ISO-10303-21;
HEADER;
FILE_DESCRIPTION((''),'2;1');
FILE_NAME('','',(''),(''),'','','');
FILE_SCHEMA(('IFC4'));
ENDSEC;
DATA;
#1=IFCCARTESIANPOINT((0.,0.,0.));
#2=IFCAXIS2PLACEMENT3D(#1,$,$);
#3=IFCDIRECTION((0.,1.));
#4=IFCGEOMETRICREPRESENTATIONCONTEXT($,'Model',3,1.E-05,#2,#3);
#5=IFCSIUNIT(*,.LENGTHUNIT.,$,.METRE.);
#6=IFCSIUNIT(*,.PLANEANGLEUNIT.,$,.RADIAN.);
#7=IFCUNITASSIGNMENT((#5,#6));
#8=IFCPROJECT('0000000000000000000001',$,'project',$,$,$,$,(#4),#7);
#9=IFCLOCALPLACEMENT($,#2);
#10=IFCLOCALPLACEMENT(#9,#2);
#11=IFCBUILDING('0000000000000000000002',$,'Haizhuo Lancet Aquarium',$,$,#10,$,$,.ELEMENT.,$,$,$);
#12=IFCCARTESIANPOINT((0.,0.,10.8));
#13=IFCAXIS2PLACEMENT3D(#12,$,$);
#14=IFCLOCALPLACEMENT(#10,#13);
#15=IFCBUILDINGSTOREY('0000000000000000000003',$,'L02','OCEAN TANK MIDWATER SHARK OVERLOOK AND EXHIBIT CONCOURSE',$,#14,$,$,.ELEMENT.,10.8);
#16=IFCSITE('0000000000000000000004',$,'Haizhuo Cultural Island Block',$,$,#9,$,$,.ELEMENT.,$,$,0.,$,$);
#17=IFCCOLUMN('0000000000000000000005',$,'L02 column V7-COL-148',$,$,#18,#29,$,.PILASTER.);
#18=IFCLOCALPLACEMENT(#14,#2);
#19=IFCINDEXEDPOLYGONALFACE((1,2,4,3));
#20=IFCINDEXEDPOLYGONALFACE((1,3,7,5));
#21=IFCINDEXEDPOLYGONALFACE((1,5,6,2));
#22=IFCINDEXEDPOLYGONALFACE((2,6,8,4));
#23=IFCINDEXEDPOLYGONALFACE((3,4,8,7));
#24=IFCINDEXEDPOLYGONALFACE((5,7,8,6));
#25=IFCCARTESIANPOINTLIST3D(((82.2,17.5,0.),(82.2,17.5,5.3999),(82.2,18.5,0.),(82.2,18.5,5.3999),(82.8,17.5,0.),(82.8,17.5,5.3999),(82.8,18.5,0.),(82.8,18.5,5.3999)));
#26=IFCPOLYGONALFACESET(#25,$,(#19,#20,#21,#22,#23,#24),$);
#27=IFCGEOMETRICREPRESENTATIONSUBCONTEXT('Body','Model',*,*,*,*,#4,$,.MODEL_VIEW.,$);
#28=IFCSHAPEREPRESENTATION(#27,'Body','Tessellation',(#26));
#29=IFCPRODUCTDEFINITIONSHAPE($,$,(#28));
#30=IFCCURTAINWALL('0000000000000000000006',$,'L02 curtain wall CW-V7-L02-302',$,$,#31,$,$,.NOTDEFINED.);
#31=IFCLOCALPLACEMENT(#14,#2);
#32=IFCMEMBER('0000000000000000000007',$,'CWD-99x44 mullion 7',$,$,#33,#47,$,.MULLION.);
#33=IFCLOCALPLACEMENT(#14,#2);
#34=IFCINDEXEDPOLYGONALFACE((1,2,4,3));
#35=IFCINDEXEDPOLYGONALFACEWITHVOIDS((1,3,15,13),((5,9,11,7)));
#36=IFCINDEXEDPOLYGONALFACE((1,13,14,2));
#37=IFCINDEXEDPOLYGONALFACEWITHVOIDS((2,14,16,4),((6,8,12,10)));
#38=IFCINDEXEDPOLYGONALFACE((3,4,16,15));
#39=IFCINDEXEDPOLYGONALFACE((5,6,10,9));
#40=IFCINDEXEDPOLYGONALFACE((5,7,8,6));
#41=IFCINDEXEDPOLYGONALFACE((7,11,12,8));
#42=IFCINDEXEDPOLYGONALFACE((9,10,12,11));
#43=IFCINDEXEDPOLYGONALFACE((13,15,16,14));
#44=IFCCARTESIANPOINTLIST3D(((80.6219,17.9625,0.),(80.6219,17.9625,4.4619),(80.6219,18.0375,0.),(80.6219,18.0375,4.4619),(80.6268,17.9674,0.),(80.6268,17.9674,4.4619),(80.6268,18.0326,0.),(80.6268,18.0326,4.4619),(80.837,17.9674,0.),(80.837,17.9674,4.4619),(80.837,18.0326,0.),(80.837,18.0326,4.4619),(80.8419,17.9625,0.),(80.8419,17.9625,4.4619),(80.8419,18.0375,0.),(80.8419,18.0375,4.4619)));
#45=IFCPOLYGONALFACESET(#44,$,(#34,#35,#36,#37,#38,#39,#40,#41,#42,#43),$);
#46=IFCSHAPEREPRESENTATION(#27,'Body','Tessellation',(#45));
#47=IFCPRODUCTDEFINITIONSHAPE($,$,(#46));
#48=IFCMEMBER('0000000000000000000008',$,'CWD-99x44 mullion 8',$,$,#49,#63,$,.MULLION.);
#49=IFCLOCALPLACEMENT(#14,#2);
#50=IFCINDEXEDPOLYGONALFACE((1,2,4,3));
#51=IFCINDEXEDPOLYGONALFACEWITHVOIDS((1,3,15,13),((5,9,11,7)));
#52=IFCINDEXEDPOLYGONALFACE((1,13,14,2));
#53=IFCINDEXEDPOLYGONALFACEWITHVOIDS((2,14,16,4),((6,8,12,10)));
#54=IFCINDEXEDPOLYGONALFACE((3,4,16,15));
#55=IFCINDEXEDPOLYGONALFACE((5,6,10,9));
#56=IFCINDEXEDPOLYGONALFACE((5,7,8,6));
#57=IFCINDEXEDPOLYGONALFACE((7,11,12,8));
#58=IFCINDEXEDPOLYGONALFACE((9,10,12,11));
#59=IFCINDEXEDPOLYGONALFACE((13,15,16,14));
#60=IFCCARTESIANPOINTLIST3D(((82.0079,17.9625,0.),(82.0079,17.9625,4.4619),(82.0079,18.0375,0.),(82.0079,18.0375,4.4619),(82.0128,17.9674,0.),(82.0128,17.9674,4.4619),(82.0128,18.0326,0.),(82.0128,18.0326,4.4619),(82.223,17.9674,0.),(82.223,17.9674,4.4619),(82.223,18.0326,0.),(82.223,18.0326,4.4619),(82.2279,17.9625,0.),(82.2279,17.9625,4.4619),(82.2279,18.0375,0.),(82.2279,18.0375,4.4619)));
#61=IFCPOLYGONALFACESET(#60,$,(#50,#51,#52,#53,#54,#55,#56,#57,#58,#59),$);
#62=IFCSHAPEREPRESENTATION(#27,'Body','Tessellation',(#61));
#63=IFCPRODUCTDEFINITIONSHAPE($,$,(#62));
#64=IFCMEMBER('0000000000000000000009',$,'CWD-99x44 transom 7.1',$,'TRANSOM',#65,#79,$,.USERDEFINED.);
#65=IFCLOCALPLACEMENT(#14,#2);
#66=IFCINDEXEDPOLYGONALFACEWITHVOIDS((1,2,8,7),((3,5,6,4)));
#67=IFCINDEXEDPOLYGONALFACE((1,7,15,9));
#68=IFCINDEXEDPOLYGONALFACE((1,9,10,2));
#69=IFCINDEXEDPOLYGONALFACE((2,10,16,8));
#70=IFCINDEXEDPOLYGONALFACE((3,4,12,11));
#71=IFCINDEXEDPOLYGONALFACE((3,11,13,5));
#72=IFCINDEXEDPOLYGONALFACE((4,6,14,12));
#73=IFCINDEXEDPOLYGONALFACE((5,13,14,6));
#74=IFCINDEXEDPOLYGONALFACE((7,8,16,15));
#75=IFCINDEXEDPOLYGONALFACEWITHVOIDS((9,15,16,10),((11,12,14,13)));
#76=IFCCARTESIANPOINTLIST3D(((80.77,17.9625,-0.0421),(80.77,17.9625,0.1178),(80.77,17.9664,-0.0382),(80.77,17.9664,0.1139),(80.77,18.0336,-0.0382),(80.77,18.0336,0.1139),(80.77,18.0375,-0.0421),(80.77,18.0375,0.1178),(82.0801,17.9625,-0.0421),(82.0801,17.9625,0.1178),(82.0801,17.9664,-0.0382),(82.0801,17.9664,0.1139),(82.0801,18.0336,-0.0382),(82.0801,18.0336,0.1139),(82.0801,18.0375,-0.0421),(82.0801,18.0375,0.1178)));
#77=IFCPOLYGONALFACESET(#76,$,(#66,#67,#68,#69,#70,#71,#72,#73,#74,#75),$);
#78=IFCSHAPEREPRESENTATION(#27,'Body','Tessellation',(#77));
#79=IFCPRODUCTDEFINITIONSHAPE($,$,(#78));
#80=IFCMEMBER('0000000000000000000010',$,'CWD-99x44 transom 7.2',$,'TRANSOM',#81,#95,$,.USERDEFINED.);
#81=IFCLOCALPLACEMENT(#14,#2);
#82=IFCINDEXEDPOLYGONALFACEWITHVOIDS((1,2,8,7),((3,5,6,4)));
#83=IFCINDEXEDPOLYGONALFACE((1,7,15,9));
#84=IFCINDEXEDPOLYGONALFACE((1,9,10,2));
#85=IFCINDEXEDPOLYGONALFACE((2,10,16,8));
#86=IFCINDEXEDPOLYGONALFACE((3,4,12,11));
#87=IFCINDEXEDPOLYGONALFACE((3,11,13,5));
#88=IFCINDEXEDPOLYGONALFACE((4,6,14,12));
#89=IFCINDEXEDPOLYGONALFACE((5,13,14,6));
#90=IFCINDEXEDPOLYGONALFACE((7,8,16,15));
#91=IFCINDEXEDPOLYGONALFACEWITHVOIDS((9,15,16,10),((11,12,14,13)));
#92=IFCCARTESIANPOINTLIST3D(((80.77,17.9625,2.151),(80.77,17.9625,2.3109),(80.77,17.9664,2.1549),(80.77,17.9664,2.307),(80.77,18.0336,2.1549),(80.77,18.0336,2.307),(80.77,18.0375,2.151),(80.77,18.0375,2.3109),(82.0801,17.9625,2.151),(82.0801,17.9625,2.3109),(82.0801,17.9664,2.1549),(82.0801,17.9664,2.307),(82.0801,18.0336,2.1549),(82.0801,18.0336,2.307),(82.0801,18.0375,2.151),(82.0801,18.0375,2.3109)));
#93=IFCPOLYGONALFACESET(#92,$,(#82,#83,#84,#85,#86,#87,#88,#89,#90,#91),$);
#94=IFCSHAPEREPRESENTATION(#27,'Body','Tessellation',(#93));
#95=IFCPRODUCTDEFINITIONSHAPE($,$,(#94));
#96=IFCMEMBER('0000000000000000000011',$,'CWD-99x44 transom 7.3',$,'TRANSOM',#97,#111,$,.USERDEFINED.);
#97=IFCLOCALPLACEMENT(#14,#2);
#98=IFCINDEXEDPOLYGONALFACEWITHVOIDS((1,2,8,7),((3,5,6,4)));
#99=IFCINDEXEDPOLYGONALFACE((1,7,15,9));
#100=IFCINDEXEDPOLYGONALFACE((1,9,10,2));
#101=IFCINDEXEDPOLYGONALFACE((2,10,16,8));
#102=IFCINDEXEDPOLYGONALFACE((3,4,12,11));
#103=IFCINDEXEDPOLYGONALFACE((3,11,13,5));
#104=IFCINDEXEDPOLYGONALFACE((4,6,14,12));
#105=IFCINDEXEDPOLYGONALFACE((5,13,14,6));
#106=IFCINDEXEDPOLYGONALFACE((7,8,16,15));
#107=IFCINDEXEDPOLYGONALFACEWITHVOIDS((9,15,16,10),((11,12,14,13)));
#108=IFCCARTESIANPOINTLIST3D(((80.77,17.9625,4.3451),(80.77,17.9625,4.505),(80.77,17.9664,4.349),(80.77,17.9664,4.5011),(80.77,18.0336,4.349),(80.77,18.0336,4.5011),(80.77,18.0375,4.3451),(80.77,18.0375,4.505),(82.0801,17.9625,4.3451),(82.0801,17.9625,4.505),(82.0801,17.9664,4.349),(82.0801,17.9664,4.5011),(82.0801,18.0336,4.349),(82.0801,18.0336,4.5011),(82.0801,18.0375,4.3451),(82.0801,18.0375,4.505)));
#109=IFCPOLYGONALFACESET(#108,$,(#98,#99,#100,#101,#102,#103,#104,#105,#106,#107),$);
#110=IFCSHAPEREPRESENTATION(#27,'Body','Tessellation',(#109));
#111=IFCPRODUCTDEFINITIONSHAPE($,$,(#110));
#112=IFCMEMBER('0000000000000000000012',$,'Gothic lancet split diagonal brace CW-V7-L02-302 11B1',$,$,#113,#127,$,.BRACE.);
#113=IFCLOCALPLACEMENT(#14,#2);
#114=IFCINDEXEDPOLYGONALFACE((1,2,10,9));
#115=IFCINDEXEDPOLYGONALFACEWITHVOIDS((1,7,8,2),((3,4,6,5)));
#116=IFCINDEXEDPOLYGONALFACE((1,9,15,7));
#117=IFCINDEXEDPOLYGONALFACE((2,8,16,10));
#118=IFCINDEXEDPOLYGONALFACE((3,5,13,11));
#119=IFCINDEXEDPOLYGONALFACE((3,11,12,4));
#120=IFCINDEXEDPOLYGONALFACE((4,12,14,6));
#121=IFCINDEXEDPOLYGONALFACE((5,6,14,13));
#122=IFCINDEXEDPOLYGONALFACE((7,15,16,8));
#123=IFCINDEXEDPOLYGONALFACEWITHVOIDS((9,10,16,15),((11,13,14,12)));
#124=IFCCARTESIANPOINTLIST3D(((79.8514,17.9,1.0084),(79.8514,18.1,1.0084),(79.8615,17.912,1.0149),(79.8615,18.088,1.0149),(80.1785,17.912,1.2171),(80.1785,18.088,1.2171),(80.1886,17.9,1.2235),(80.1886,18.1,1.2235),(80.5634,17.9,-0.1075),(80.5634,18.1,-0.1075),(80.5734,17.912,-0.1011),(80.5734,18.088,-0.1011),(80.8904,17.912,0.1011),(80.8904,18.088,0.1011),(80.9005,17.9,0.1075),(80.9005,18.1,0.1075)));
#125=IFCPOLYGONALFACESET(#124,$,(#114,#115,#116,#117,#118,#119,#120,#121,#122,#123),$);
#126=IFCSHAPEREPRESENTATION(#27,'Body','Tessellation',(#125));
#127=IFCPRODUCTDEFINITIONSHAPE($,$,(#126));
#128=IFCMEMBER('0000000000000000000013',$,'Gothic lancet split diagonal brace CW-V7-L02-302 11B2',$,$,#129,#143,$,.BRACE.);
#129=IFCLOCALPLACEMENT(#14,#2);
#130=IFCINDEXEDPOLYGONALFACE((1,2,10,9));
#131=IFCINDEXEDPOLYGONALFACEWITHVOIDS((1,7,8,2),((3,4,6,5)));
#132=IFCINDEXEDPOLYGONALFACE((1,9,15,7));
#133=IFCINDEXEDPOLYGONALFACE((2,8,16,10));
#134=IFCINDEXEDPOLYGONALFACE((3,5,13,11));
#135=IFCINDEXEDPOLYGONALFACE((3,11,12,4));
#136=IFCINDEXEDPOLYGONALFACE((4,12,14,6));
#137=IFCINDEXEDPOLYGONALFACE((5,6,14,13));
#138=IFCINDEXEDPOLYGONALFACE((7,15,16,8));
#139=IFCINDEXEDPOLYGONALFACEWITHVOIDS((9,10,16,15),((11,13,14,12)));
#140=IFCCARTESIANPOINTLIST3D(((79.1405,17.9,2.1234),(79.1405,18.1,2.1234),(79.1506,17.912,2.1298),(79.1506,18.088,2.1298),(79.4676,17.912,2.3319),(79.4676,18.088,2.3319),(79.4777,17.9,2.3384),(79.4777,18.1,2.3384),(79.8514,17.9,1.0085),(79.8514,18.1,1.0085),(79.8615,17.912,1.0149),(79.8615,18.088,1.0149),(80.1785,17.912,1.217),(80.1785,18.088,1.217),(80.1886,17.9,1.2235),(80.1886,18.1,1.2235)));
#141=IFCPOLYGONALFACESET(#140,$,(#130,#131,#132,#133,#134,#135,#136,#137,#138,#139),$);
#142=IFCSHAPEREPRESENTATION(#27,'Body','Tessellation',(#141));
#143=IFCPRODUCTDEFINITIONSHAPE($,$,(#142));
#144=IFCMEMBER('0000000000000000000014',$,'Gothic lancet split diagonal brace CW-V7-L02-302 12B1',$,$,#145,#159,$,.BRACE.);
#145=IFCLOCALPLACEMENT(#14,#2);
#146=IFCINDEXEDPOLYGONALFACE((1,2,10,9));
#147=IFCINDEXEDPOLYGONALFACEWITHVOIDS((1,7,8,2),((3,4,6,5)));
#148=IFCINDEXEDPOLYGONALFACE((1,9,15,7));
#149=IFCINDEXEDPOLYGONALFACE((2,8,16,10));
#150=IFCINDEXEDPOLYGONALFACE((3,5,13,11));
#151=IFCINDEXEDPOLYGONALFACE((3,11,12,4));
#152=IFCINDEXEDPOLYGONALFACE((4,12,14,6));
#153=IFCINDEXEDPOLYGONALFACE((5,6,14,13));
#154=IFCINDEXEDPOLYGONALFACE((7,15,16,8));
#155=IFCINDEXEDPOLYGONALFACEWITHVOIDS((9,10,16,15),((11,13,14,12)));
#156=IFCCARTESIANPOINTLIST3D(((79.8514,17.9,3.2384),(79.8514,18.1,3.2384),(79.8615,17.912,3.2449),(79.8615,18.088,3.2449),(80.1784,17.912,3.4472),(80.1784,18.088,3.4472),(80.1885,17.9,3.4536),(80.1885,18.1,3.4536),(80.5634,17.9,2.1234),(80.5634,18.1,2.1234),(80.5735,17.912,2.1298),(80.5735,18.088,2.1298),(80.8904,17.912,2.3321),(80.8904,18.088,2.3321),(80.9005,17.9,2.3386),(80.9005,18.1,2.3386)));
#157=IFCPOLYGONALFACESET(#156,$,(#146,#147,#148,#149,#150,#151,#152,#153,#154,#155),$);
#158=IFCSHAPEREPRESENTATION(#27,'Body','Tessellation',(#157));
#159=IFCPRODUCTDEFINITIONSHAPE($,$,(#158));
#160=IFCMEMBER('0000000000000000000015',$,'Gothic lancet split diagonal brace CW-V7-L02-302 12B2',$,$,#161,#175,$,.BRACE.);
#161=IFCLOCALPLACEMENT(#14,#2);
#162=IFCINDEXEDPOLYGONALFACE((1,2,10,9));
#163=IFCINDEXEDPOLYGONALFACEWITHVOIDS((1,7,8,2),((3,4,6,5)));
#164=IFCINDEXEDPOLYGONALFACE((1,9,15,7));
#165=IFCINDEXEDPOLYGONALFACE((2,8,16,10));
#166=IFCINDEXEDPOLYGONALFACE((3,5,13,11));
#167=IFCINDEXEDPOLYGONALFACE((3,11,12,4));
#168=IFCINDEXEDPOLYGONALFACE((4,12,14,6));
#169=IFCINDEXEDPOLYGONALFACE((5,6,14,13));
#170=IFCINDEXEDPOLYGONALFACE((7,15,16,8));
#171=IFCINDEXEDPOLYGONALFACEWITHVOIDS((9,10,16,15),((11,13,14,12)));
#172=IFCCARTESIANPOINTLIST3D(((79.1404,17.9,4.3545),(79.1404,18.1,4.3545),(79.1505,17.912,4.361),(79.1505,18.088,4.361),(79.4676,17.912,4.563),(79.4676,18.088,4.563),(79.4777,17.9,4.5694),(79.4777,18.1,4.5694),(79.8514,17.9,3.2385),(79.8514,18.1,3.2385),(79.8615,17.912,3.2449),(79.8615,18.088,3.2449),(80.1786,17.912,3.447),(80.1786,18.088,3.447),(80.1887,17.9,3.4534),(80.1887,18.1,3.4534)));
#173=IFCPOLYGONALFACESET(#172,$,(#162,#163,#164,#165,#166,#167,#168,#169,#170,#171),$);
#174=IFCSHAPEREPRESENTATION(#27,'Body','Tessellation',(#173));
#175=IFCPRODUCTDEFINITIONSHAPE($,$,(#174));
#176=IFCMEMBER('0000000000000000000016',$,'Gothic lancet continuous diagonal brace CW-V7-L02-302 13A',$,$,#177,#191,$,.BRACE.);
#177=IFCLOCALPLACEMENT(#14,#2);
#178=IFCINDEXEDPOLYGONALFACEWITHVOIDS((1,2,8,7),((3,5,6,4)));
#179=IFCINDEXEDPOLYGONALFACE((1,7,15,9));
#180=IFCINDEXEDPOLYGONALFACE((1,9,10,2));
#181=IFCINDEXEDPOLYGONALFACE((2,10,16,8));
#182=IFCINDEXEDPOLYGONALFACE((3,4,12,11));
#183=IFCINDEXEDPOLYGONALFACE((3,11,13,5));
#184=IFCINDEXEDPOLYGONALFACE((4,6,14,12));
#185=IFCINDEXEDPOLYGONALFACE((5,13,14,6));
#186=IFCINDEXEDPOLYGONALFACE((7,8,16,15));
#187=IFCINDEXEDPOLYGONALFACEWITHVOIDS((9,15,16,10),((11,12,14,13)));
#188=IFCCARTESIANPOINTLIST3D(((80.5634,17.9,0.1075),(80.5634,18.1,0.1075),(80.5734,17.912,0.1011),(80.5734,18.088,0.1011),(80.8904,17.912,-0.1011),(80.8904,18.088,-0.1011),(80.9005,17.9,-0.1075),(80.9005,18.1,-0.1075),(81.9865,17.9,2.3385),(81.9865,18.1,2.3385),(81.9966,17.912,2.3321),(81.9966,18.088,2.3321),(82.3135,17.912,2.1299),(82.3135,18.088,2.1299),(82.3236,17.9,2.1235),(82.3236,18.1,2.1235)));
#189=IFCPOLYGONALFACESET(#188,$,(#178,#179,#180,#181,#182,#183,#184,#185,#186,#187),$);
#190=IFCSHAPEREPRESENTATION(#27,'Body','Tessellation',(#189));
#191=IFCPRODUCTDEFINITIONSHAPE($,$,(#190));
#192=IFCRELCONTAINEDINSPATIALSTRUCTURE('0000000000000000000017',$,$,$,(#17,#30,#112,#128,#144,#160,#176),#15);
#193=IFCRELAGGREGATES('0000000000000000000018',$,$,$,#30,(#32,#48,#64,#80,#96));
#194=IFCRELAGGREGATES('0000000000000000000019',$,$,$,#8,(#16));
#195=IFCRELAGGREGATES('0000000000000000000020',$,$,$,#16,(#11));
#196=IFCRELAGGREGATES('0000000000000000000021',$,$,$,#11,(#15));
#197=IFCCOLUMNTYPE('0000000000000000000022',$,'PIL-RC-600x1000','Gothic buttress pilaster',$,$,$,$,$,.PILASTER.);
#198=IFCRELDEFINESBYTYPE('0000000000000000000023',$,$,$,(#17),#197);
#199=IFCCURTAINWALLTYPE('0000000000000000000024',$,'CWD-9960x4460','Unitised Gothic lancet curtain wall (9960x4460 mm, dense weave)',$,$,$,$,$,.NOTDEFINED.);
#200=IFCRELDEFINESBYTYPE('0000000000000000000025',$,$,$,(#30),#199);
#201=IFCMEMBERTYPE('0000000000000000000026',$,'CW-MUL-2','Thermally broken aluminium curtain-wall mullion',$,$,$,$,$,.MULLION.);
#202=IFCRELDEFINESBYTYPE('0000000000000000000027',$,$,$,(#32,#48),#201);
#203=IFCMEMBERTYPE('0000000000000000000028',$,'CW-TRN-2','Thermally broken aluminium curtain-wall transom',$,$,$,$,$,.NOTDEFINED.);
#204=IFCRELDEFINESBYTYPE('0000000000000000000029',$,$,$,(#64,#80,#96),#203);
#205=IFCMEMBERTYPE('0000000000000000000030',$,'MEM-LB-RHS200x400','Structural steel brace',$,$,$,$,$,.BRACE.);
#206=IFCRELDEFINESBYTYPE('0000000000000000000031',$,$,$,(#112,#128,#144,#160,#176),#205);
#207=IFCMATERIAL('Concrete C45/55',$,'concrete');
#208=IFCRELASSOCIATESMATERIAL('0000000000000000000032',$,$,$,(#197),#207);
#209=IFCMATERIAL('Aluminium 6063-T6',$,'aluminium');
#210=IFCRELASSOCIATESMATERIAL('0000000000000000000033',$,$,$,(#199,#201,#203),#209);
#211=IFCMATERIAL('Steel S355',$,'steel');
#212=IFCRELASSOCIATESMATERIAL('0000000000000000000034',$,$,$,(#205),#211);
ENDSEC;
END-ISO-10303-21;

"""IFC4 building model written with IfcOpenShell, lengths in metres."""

from ifc_helpers import new_model, si_unit, direction, frame, origin, origin_2d, place, context, subcontext, project, spatial, rectangle, hollow_rectangle, extrude, material, material_profile, profile_set, type_object, element, aggregate, save


model = new_model("IFC4")

# Units and contexts
model_context = context("Model", 3, precision=1e-05, world=origin(), true_north=direction((0.0, 1.0)))
body_context = subcontext(model_context, "Body", "Model", "MODEL_VIEW")
ifc_project = project(units=[si_unit("LENGTHUNIT", "METRE"), si_unit("PLANEANGLEUNIT", "RADIAN")], contexts=[model_context])

# Site, building, storey
site_placement = place(None, origin())
site = spatial("IfcSite", under=ifc_project, at=site_placement, Name="Haizhuo Cultural Island Block", CompositionType="ELEMENT", RefElevation=0.0)
building_placement = place(site_placement, origin())
building = spatial("IfcBuilding", under=site, at=building_placement, Name="Haizhuo Lancet Aquarium", CompositionType="ELEMENT")
storey_placement = place(building_placement, frame((0.0, 0.0, 10.8)))
storey = spatial("IfcBuildingStorey", under=building, at=storey_placement, Name="L02", Description="OCEAN TANK MIDWATER SHARK OVERLOOK AND EXHIBIT CONCOURSE", CompositionType="ELEMENT", Elevation=10.8)

# Column
ifc_material_1 = material(Name="Concrete C45/55", Category="concrete")
ifc_material_profile_1 = material_profile(ifc_material_1, rectangle(XDim=0.6001, YDim=1.0, at=origin_2d()), Name="RC-PIL 600x1000")
ifc_profile_set_1 = profile_set([ifc_material_profile_1], Name="Concrete C45/55")
column_type = type_object("IfcColumnType", Name="PIL-RC-600x1000", Description="Gothic buttress pilaster", PredefinedType="PILASTER", material=ifc_profile_set_1)
column_placement = place(storey_placement, frame((82.5, 18.0, 0.0), z_axis=(0.0, 0.0, 1.0), x_axis=(1.0, 0.0, 0.0)))
element("IfcColumn", 1, at=column_placement, inside=storey, type_object=column_type, Name="L02 column V7-COL-148", PredefinedType="PILASTER", context=body_context, shape_type="SweptSolid", body=[
    extrude(rectangle(XDim=0.6001, YDim=1.0, at=origin_2d()), origin(), (0.0, 0.0, 1.0), 5.3999),
])

# Curtain wall, members
ifc_material_2 = material(Name="Aluminium 6063-T6", Category="aluminium")
curtain_wall_type = type_object("IfcCurtainWallType", Name="CWD-9960x4460", Description="Unitised Gothic lancet curtain wall (9960x4460 mm, dense weave)", PredefinedType="NOTDEFINED", material=ifc_material_2)
curtain_wall_placement = place(storey_placement, origin())
curtain_wall = element("IfcCurtainWall", 2, at=curtain_wall_placement, inside=storey, type_object=curtain_wall_type, Name="L02 curtain wall CW-V7-L02-302", PredefinedType="NOTDEFINED")
ifc_material_profile_2 = material_profile(ifc_material_2, hollow_rectangle(XDim=0.075, YDim=0.22, WallThickness=0.0049, at=origin_2d()), Name="ALU-M 75x220x5")
ifc_profile_set_2 = profile_set([ifc_material_profile_2], Name="Aluminium 6063-T6")
member_type_1 = type_object("IfcMemberType", Name="CW-MUL-2", Description="Thermally broken aluminium curtain-wall mullion", PredefinedType="MULLION", material=ifc_profile_set_2)
member_1_placement = place(storey_placement, frame((80.7319, 18.0, 0.0), z_axis=(0.0, 0.0, 1.0), x_axis=(0.0, 1.0, 0.0)))
member_1 = element("IfcMember", 3, at=member_1_placement, type_object=member_type_1, Name="CWD-99x44 mullion 7", PredefinedType="MULLION", context=body_context, shape_type="SweptSolid", body=[
    extrude(hollow_rectangle(XDim=0.075, YDim=0.22, WallThickness=0.0049, at=origin_2d()), origin(), (0.0, 0.0, 1.0), 4.4619),
])
member_2_placement = place(storey_placement, frame((82.1179, 18.0, 0.0), z_axis=(0.0, 0.0, 1.0), x_axis=(0.0, 1.0, 0.0)))
member_2 = element("IfcMember", 4, at=member_2_placement, type_object=member_type_1, Name="CWD-99x44 mullion 8", PredefinedType="MULLION", context=body_context, shape_type="SweptSolid", body=[
    extrude(hollow_rectangle(XDim=0.075, YDim=0.22, WallThickness=0.0049, at=origin_2d()), origin(), (0.0, 0.0, 1.0), 4.4619),
])
ifc_material_profile_3 = material_profile(ifc_material_2, hollow_rectangle(XDim=0.075, YDim=0.1599, WallThickness=0.0039, at=origin_2d()), Name="ALU-T 75x160x4")
ifc_profile_set_3 = profile_set([ifc_material_profile_3], Name="Aluminium 6063-T6")
member_type_2 = type_object("IfcMemberType", Name="CW-TRN-2", Description="Thermally broken aluminium curtain-wall transom", PredefinedType="NOTDEFINED", material=ifc_profile_set_3)
member_3_placement = place(storey_placement, frame((80.77, 18.0, 0.0378), z_axis=(1.0, 0.0, 0.0), x_axis=(0.0, 1.0, 0.0)))
member_3 = element("IfcMember", 5, at=member_3_placement, type_object=member_type_2, Name="CWD-99x44 transom 7.1", ObjectType="TRANSOM", PredefinedType="USERDEFINED", context=body_context, shape_type="SweptSolid", body=[
    extrude(hollow_rectangle(XDim=0.075, YDim=0.1599, WallThickness=0.0039, at=origin_2d()), origin(), (0.0, 0.0, 1.0), 1.3101),
])
member_4_placement = place(storey_placement, frame((80.77, 18.0, 2.231), z_axis=(1.0, 0.0, 0.0), x_axis=(0.0, 1.0, 0.0)))
member_4 = element("IfcMember", 6, at=member_4_placement, type_object=member_type_2, Name="CWD-99x44 transom 7.2", ObjectType="TRANSOM", PredefinedType="USERDEFINED", context=body_context, shape_type="SweptSolid", body=[
    extrude(hollow_rectangle(XDim=0.075, YDim=0.1599, WallThickness=0.0039, at=origin_2d()), origin(), (0.0, 0.0, 1.0), 1.3101),
])
member_5_placement = place(storey_placement, frame((80.77, 18.0, 4.425), z_axis=(1.0, 0.0, 0.0), x_axis=(0.0, 1.0, 0.0)))
member_5 = element("IfcMember", 7, at=member_5_placement, type_object=member_type_2, Name="CWD-99x44 transom 7.3", ObjectType="TRANSOM", PredefinedType="USERDEFINED", context=body_context, shape_type="SweptSolid", body=[
    extrude(hollow_rectangle(XDim=0.075, YDim=0.1599, WallThickness=0.0039, at=origin_2d()), origin(), (0.0, 0.0, 1.0), 1.3101),
])

# Members
ifc_material_3 = material(Name="Steel S355", Category="steel")
ifc_material_profile_4 = material_profile(ifc_material_3, hollow_rectangle(XDim=0.2, YDim=0.3999, WallThickness=0.012, at=origin_2d()), Name="RHS 200x400x12")
ifc_profile_set_4 = profile_set([ifc_material_profile_4], Name="Steel S355")
member_type_3 = type_object("IfcMemberType", Name="MEM-LB-RHS200x400", Description="Structural steel brace", PredefinedType="BRACE", material=ifc_profile_set_4)
member_6_placement = place(storey_placement, frame((80.7319, 18.0, 0.0), z_axis=(-0.537818, 0.0, 0.843061), x_axis=(0.0, -1.0, 0.0)))
element("IfcMember", 8, at=member_6_placement, inside=storey, type_object=member_type_3, Name="Gothic lancet split diagonal brace CW-V7-L02-302 11B1", PredefinedType="BRACE", context=body_context, shape_type="SweptSolid", body=[
    extrude(hollow_rectangle(XDim=0.2, YDim=0.3999, WallThickness=0.012, at=origin_2d()), origin(), (0.0, 0.0, 1.0), 1.3237),
])
member_7_placement = place(storey_placement, frame((80.02, 18.0, 1.116), z_axis=(-0.537628, 0.0, 0.843182), x_axis=(0.0, -1.0, 0.0)))
element("IfcMember", 9, at=member_7_placement, inside=storey, type_object=member_type_3, Name="Gothic lancet split diagonal brace CW-V7-L02-302 11B2", PredefinedType="BRACE", context=body_context, shape_type="SweptSolid", body=[
    extrude(hollow_rectangle(XDim=0.2, YDim=0.3999, WallThickness=0.012, at=origin_2d()), origin(), (0.0, 0.0, 1.0), 1.3223),
])
member_8_placement = place(storey_placement, frame((80.7319, 18.0, 2.231), z_axis=(-0.538153, 0.0, 0.842847), x_axis=(0.0, -1.0, 0.0)))
element("IfcMember", 10, at=member_8_placement, inside=storey, type_object=member_type_3, Name="Gothic lancet split diagonal brace CW-V7-L02-302 12B1", PredefinedType="BRACE", context=body_context, shape_type="SweptSolid", body=[
    extrude(hollow_rectangle(XDim=0.2, YDim=0.3999, WallThickness=0.012, at=origin_2d()), origin(), (0.0, 0.0, 1.0), 1.323),
])
member_9_placement = place(storey_placement, frame((80.02, 18.0, 3.3459), z_axis=(-0.537293, 0.0, 0.843395), x_axis=(0.0, -1.0, 0.0)))
element("IfcMember", 11, at=member_9_placement, inside=storey, type_object=member_type_3, Name="Gothic lancet split diagonal brace CW-V7-L02-302 12B2", PredefinedType="BRACE", context=body_context, shape_type="SweptSolid", body=[
    extrude(hollow_rectangle(XDim=0.2, YDim=0.3999, WallThickness=0.012, at=origin_2d()), origin(), (0.0, 0.0, 1.0), 1.3232),
])
member_10_placement = place(storey_placement, frame((80.7319, 18.0, 0.0), z_axis=(0.537789, 0.0, 0.84308), x_axis=(0.0, 1.0, 0.0)))
element("IfcMember", 12, at=member_10_placement, inside=storey, type_object=member_type_3, Name="Gothic lancet continuous diagonal brace CW-V7-L02-302 13A", PredefinedType="BRACE", context=body_context, shape_type="SweptSolid", body=[
    extrude(hollow_rectangle(XDim=0.2, YDim=0.3999, WallThickness=0.012, at=origin_2d()), origin(), (0.0, 0.0, 1.0), 2.6462),
])

aggregate(curtain_wall, [member_1, member_2, member_3, member_4, member_5])

save(model, "model.ifc")
